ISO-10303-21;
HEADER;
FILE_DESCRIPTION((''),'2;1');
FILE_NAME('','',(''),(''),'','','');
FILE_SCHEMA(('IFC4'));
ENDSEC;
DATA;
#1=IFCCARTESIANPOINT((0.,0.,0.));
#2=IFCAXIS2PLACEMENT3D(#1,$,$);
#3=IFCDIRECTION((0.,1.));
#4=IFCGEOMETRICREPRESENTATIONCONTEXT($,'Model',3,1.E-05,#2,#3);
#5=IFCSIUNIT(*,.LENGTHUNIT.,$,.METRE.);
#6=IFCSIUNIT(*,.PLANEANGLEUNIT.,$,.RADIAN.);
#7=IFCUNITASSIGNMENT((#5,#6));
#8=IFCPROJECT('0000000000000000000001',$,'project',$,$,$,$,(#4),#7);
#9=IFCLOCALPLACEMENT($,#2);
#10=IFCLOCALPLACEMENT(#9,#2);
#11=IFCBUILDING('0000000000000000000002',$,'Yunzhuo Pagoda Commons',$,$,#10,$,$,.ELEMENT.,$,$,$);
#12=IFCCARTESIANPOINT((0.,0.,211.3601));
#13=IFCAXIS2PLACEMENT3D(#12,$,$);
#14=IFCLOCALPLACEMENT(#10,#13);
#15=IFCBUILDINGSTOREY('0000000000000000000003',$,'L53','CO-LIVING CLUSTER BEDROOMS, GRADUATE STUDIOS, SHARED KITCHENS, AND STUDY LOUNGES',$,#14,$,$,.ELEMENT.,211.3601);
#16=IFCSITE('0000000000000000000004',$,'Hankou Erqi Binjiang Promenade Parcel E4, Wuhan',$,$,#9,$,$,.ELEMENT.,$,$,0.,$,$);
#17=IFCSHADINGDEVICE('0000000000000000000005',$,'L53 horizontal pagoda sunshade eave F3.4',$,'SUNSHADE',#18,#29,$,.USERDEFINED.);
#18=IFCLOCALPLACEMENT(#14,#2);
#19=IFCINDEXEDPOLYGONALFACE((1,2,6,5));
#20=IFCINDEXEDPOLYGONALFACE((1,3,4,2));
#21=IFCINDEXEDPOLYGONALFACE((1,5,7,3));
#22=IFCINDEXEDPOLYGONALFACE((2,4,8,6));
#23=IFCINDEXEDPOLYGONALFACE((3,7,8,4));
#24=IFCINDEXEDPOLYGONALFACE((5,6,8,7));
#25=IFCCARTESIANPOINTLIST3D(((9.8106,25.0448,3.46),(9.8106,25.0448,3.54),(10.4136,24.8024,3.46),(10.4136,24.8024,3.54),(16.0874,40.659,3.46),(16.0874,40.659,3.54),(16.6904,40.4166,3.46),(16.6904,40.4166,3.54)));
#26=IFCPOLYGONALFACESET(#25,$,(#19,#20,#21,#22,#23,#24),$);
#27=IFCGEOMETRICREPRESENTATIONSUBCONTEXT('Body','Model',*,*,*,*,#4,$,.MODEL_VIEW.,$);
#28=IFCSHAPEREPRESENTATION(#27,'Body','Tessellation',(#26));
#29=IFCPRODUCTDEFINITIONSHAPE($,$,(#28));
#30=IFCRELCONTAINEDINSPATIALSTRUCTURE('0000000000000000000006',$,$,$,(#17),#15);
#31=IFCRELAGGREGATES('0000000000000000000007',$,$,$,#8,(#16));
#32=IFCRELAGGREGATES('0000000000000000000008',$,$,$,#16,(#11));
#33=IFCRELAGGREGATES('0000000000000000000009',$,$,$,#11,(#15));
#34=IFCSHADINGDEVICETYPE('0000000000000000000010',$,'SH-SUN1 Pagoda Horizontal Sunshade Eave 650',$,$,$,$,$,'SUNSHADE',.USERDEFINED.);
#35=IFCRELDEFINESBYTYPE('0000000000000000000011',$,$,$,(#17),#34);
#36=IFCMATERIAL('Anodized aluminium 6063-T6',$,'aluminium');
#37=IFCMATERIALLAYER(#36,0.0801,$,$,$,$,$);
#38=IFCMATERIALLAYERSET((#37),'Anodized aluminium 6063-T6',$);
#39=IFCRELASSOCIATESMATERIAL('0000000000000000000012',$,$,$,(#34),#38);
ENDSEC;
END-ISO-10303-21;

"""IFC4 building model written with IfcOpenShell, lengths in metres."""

from ifc_helpers import new_model, si_unit, direction, frame, origin, origin_2d, place, context, subcontext, project, spatial, rectangle, extrude, source, transform, mapped, material, layer, layer_set, type_object, element, save


model = new_model("IFC4")

# Units and contexts
model_context = context("Model", 3, precision=1e-05, world=origin(), true_north=direction((0.0, 1.0)))
body_context = subcontext(model_context, "Body", "Model", "MODEL_VIEW")
ifc_project = project(units=[si_unit("LENGTHUNIT", "METRE"), si_unit("PLANEANGLEUNIT", "RADIAN")], contexts=[model_context])

# Site, building, storey
site_placement = place(None, origin())
site = spatial("IfcSite", under=ifc_project, at=site_placement, Name="Hankou Erqi Binjiang Promenade Parcel E4, Wuhan", CompositionType="ELEMENT", RefElevation=0.0)
building_placement = place(site_placement, origin())
building = spatial("IfcBuilding", under=site, at=building_placement, Name="Yunzhuo Pagoda Commons", CompositionType="ELEMENT")
storey_placement = place(building_placement, frame((0.0, 0.0, 211.3601)))
storey = spatial("IfcBuildingStorey", under=building, at=storey_placement, Name="L53", Description="CO-LIVING CLUSTER BEDROOMS, GRADUATE STUDIOS, SHARED KITCHENS, AND STUDY LOUNGES", CompositionType="ELEMENT", Elevation=211.3601)

# Shared definitions
ifc_material_1 = material(Name="Anodized aluminium 6063-T6", Category="aluminium")

# Shading device
ifc_layer_1 = layer(ifc_material_1, 0.0801)
ifc_layer_set_1 = layer_set([ifc_layer_1], Name="Anodized aluminium 6063-T6")
shading_device_type = type_object("IfcShadingDeviceType", Name="SH-SUN1 Pagoda Horizontal Sunshade Eave 650", ElementType="SUNSHADE", PredefinedType="USERDEFINED", material=ifc_layer_set_1)
shared_shape_1 = source(origin(), body_context, "Body", "SweptSolid", [
    extrude(rectangle(XDim=16.8286, YDim=0.6499, at=origin_2d()), origin(), (0.0, 0.0, 1.0), 0.0801),
])
shading_device_placement = place(storey_placement, frame((13.2505, 32.7307, 3.46), z_axis=(0.0, 0.0, 1.0), x_axis=(-0.372988, -0.927836, 0.0)))
element("IfcShadingDevice", 1, at=shading_device_placement, inside=storey, type_object=shading_device_type, Name="L53 horizontal pagoda sunshade eave F3.4", ObjectType="SUNSHADE", PredefinedType="USERDEFINED", context=body_context, shape_type="MappedRepresentation", body=[
    mapped(shared_shape_1, transform((0.0, 0.0, 0.0), scale=1.0)),
])

save(model, "model.ifc")
